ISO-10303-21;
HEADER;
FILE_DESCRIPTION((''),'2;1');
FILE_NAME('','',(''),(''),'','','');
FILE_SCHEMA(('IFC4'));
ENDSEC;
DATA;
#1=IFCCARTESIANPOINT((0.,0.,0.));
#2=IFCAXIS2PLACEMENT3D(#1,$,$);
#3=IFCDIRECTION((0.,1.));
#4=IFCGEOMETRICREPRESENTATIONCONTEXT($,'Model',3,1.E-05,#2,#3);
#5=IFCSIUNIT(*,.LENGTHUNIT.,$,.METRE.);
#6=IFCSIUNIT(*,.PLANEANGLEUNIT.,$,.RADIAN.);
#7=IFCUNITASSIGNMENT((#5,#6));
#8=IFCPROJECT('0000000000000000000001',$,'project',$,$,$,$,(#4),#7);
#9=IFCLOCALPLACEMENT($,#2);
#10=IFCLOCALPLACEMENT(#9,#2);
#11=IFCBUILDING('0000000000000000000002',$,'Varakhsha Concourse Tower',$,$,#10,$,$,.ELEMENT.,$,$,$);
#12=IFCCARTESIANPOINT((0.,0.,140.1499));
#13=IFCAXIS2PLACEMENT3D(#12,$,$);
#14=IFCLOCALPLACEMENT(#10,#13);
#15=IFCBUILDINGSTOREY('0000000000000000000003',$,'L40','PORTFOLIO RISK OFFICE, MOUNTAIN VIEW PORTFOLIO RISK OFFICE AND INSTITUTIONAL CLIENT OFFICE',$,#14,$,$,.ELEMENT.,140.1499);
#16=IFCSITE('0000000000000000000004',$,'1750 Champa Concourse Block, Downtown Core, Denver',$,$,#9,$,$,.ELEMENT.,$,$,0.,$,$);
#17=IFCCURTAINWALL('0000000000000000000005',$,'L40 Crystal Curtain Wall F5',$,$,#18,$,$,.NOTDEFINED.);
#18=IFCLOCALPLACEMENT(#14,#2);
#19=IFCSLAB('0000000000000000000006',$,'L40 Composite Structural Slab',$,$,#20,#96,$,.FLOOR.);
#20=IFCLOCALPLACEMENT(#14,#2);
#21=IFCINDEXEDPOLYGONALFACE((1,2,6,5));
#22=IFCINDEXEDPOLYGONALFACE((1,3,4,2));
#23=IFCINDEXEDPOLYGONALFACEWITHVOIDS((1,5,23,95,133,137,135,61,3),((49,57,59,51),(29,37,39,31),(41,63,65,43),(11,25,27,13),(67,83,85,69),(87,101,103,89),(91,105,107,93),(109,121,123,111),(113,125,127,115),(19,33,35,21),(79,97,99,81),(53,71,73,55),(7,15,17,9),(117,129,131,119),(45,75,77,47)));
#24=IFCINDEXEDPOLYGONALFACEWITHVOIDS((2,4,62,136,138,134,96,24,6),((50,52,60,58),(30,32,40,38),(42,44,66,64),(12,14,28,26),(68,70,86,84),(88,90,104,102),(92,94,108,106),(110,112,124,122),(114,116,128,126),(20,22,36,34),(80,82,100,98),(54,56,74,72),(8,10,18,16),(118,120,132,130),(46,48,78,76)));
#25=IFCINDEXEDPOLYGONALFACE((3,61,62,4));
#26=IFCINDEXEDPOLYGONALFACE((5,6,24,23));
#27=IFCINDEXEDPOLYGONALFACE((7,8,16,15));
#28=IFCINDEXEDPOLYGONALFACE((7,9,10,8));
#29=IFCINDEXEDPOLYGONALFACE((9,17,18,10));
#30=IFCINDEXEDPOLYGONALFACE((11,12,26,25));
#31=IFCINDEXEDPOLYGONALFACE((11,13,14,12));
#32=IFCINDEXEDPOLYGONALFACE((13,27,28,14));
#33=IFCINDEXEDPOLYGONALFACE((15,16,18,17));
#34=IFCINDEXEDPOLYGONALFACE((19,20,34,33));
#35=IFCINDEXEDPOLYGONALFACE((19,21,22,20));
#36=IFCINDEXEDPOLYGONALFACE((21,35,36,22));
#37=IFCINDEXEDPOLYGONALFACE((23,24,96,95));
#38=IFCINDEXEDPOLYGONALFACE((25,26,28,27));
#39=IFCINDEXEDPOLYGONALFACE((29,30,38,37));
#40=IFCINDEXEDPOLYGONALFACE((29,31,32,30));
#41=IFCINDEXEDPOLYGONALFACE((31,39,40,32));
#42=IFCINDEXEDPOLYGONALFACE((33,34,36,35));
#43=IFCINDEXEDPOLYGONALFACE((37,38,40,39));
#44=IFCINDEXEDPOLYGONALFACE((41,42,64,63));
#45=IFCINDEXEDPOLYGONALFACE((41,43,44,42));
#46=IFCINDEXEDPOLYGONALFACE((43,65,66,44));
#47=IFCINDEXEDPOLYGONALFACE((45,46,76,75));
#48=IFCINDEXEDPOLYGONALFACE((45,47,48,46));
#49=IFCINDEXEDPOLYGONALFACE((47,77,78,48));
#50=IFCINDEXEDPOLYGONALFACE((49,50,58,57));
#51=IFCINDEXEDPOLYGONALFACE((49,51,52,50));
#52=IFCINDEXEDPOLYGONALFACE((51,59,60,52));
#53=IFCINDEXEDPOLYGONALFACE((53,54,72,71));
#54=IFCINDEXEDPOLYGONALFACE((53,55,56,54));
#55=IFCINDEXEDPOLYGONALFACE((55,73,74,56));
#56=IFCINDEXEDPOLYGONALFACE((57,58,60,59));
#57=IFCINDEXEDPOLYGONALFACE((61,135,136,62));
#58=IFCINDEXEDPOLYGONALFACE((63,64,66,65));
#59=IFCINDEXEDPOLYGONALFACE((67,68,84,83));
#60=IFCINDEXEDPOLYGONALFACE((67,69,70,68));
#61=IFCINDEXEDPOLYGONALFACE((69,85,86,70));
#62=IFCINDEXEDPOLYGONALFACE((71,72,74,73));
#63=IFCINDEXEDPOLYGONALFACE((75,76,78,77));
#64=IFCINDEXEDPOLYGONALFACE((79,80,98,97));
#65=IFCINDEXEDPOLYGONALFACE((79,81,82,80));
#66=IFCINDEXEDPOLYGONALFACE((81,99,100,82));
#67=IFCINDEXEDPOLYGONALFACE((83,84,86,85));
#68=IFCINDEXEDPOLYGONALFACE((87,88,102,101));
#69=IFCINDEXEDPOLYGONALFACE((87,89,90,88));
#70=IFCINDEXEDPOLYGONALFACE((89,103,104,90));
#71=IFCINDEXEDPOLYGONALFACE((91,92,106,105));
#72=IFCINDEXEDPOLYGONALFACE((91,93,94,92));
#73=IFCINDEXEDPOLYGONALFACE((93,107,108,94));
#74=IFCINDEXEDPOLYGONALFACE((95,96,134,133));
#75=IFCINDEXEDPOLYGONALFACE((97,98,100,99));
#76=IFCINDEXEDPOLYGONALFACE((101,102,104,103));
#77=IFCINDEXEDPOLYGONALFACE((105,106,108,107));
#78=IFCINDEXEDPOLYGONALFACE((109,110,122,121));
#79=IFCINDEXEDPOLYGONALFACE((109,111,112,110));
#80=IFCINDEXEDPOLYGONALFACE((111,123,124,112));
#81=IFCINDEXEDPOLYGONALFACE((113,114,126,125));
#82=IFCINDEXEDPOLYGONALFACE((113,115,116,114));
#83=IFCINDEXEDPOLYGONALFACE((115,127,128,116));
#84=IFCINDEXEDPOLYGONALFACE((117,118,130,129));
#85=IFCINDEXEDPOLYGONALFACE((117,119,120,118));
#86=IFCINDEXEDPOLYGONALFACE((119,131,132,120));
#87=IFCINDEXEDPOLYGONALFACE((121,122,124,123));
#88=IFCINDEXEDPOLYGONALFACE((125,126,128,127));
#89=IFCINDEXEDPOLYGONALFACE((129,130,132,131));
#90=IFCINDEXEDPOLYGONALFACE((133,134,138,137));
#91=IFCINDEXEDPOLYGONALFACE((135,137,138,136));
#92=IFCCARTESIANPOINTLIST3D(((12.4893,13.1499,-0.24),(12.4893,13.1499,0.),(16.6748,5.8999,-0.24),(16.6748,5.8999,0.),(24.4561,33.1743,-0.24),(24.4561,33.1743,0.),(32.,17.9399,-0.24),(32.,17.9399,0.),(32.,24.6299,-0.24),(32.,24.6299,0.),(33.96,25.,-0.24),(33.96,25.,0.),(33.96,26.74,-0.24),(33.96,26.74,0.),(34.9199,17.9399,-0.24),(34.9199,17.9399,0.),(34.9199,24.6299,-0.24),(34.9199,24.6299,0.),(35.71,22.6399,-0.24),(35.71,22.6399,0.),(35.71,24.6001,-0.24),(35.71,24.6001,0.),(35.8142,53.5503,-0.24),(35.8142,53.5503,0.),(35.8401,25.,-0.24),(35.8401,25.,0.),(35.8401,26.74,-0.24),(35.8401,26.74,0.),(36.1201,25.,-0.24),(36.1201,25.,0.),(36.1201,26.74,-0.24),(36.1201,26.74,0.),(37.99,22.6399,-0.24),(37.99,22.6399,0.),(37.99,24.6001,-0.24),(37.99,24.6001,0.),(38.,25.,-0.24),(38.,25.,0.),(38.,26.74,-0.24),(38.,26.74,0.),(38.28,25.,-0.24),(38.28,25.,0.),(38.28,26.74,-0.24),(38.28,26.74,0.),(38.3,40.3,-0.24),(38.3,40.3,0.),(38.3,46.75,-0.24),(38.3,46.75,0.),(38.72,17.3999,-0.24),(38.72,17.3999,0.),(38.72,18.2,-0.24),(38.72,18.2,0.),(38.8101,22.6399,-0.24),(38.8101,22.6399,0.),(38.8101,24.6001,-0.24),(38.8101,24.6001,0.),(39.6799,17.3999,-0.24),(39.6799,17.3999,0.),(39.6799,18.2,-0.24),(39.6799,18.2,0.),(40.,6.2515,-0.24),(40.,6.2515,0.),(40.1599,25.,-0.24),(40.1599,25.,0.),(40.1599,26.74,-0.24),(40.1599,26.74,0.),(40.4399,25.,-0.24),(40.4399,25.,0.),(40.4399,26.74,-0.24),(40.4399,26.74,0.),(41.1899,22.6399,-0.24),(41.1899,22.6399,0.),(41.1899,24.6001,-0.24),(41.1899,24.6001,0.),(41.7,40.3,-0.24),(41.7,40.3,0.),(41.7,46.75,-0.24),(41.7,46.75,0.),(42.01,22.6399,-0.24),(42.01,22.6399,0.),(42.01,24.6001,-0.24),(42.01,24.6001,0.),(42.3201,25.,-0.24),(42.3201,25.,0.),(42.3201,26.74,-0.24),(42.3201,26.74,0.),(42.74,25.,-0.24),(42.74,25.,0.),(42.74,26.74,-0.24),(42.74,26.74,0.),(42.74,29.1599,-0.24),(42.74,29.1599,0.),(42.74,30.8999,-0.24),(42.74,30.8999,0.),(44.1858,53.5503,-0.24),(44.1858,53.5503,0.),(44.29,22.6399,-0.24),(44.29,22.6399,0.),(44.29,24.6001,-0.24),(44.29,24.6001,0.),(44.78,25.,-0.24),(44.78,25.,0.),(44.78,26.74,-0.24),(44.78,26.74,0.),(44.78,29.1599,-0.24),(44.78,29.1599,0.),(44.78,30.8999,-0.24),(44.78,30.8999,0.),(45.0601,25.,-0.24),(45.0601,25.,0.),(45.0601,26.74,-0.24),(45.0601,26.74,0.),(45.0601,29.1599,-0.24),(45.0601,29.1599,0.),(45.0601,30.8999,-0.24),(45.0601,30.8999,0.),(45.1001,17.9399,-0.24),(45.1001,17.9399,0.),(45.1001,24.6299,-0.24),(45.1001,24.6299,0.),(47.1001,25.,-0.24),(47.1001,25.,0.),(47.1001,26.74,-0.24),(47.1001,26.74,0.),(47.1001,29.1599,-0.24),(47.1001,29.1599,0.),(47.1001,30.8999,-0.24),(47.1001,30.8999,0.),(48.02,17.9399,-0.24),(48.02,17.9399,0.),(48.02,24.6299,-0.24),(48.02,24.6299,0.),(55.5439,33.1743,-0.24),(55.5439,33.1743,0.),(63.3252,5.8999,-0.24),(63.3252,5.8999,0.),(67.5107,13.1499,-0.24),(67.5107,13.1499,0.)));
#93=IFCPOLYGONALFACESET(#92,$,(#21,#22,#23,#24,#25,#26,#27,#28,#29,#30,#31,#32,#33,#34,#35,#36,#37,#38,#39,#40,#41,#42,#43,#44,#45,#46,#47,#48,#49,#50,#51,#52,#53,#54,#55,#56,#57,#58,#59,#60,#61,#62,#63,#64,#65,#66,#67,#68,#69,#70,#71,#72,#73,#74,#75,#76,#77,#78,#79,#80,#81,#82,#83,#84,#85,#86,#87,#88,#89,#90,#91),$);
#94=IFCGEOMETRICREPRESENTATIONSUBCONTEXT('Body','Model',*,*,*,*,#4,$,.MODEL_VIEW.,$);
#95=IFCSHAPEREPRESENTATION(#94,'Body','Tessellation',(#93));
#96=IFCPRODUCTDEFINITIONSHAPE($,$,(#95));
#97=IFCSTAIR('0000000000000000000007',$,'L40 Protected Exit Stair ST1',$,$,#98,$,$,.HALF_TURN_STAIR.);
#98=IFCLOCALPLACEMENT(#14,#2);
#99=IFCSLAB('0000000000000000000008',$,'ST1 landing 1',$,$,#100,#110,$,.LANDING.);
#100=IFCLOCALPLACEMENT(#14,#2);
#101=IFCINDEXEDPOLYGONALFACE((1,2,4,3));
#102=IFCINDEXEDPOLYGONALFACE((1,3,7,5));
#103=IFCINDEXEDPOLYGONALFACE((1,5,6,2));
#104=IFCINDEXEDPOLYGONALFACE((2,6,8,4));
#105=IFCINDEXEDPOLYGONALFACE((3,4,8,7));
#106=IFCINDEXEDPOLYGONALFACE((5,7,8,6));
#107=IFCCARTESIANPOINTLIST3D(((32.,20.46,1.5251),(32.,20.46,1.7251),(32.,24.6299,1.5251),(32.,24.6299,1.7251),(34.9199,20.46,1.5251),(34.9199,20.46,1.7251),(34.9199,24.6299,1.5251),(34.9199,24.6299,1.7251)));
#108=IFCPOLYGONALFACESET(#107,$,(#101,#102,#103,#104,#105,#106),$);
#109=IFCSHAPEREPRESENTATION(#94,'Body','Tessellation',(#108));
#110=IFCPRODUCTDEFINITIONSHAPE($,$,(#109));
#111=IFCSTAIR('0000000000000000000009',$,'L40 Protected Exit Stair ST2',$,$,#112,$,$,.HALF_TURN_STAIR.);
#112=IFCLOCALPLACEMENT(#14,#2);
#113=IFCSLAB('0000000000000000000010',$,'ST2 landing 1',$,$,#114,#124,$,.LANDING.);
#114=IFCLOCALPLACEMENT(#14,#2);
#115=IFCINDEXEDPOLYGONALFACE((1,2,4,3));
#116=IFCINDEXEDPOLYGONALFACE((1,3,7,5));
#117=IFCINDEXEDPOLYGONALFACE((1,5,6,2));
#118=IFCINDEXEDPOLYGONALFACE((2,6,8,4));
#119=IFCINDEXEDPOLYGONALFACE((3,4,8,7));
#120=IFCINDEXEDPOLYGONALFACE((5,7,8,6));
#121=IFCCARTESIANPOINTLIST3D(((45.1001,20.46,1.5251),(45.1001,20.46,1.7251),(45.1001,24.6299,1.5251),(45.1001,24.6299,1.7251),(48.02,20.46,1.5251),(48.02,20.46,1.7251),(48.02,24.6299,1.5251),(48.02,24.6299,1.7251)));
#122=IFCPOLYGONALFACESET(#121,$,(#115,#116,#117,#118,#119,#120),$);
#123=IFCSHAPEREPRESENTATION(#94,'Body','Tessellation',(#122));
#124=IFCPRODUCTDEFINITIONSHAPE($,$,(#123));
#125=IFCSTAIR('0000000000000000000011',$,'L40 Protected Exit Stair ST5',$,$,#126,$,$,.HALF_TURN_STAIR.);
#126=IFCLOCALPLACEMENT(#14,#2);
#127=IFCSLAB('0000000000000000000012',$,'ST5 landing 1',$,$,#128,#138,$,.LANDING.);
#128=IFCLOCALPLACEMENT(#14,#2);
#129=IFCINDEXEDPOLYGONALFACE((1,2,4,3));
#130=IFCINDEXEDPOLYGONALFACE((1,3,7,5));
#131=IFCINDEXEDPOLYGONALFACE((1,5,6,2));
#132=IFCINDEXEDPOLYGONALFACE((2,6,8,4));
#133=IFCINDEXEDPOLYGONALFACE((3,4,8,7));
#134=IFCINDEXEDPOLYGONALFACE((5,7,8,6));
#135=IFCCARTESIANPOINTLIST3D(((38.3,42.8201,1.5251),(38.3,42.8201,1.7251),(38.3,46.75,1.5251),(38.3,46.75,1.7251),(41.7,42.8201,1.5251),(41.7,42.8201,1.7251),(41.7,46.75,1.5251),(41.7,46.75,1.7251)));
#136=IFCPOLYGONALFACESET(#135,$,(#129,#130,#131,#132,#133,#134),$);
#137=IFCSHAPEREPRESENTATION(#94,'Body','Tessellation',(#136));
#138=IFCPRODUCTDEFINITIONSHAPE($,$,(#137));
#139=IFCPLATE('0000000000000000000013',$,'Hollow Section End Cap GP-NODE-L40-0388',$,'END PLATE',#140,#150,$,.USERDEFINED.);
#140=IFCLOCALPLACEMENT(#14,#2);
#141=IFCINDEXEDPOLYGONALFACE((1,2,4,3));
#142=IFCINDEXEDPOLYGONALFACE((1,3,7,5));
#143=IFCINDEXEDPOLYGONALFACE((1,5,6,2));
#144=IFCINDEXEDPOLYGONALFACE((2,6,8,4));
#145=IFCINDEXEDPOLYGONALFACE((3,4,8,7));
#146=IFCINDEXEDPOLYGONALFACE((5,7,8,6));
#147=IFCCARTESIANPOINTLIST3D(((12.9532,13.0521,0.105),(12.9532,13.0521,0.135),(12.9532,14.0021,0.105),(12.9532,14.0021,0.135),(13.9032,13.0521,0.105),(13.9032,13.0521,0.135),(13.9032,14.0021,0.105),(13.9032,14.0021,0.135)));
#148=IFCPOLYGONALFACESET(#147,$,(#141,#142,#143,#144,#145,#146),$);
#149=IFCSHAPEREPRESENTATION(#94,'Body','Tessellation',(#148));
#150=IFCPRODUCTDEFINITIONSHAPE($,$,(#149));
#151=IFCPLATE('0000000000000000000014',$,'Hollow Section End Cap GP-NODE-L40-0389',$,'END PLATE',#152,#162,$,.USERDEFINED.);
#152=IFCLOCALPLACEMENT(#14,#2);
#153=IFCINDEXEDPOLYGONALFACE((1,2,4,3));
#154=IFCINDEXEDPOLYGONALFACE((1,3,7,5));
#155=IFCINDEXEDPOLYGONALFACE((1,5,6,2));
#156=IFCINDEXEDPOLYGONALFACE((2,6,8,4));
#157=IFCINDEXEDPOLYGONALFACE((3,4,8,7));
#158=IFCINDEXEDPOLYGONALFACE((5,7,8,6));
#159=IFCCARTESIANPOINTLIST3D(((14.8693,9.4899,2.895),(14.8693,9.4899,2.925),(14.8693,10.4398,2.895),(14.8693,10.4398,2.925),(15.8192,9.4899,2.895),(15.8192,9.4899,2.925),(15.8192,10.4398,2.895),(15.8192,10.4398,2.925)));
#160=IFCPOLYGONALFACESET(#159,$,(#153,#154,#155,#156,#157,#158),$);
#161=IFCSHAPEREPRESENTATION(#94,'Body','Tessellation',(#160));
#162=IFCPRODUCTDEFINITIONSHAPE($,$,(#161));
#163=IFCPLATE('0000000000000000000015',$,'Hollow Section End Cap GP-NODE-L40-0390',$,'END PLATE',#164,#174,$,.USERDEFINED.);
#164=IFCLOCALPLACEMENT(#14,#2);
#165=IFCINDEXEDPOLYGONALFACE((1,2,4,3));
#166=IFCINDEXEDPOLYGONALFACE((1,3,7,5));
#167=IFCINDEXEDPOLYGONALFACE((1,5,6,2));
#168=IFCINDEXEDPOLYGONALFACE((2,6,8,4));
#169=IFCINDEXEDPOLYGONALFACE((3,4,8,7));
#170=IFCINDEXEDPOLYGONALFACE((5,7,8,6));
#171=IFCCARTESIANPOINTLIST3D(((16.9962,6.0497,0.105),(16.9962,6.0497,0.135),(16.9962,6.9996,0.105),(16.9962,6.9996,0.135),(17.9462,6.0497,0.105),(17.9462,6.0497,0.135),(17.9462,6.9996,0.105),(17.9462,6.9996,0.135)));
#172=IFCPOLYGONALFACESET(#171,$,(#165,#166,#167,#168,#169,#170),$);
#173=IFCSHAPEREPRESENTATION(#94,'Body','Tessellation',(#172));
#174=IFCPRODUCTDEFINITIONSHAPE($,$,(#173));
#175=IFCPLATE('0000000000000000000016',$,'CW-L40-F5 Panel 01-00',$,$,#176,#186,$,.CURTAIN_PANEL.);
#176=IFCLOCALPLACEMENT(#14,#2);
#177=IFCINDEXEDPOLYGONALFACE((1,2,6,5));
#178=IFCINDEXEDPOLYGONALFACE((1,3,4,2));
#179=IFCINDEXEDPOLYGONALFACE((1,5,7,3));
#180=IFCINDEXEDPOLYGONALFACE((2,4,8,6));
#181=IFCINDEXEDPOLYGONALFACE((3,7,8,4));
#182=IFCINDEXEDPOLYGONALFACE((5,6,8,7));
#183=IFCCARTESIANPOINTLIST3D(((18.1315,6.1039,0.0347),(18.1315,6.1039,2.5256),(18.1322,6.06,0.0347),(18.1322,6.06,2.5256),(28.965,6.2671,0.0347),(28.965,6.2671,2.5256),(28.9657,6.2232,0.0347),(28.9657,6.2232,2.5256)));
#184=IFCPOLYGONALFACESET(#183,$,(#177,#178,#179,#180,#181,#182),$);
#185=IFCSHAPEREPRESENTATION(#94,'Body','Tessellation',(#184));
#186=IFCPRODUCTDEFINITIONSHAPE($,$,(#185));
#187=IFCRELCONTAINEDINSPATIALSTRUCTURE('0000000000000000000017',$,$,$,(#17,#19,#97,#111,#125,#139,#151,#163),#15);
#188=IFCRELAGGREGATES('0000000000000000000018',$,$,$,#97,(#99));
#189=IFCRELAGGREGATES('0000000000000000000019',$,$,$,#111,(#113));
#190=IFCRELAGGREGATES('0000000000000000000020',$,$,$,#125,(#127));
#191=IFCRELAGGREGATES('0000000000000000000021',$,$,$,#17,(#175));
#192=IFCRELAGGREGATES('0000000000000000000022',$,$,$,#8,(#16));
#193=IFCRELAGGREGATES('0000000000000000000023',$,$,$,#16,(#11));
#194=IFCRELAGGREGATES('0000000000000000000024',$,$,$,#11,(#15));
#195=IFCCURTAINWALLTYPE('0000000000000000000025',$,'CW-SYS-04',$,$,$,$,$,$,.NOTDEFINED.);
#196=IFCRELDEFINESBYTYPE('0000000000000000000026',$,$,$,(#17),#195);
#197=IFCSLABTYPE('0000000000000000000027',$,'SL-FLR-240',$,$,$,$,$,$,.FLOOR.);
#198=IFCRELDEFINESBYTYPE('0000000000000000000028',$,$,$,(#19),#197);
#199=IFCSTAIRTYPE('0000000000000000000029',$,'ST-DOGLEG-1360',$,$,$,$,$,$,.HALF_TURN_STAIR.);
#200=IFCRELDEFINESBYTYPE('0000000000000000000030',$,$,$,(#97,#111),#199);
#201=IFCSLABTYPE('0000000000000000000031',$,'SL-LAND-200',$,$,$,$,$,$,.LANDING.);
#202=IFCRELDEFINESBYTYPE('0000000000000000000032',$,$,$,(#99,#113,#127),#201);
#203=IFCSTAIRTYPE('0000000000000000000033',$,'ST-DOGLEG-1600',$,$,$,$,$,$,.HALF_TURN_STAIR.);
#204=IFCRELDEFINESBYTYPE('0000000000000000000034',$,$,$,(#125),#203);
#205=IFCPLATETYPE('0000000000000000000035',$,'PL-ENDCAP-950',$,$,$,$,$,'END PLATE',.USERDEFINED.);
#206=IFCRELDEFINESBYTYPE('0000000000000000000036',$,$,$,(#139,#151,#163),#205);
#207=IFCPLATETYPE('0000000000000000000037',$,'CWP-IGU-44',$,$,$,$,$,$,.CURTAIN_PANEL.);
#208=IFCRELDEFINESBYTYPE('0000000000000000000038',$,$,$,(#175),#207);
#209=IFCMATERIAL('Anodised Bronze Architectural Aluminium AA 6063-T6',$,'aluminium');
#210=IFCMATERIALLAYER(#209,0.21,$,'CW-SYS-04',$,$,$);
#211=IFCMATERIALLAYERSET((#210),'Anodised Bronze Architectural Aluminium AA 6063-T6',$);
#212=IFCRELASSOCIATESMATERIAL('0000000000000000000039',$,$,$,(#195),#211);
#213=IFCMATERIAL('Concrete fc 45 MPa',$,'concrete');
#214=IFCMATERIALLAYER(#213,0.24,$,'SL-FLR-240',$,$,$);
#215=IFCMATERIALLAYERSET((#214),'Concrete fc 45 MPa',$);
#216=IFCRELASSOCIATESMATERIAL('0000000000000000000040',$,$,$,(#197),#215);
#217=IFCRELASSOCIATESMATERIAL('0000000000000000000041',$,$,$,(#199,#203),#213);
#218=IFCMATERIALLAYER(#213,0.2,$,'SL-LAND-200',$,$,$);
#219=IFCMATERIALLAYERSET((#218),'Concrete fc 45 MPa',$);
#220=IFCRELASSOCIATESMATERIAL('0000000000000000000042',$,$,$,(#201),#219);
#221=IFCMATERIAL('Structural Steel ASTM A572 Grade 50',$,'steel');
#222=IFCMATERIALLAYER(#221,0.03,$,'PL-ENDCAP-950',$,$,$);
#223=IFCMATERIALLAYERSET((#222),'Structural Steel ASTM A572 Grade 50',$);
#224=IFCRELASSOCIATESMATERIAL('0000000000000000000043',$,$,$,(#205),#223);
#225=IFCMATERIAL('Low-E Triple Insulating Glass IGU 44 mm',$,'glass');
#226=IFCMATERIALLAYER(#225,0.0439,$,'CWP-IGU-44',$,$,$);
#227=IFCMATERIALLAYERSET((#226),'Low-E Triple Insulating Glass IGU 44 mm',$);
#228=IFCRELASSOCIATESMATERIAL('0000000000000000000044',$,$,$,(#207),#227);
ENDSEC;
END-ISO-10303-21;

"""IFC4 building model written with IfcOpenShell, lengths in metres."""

from ifc_helpers import new_model, si_unit, direction, frame, origin, origin_2d, place, context, subcontext, project, spatial, polyline, rectangle, outline, extrude, source, transform, mapped, material, layer, layer_set, type_object, type_shapes, element, aggregate, save


model = new_model("IFC4")

# Units and contexts
model_context = context("Model", 3, precision=1e-05, world=origin(), true_north=direction((0.0, 1.0)))
body_context = subcontext(model_context, "Body", "Model", "MODEL_VIEW")
ifc_project = project(units=[si_unit("LENGTHUNIT", "METRE"), si_unit("PLANEANGLEUNIT", "RADIAN")], contexts=[model_context])

# Site, building, storey
site_placement = place(None, origin())
site = spatial("IfcSite", under=ifc_project, at=site_placement, Name="1750 Champa Concourse Block, Downtown Core, Denver", CompositionType="ELEMENT", RefElevation=0.0)
building_placement = place(site_placement, origin())
building = spatial("IfcBuilding", under=site, at=building_placement, Name="Varakhsha Concourse Tower", CompositionType="ELEMENT")
storey_placement = place(building_placement, frame((0.0, 0.0, 140.1499)))
storey = spatial("IfcBuildingStorey", under=building, at=storey_placement, Name="L40", Description="PORTFOLIO RISK OFFICE, MOUNTAIN VIEW PORTFOLIO RISK OFFICE AND INSTITUTIONAL CLIENT OFFICE", CompositionType="ELEMENT", Elevation=140.1499)

# Shared definitions
ifc_material_1 = material(Name="Structural Steel ASTM A572 Grade 50", Category="steel")

# Curtain wall
ifc_material_2 = material(Name="Anodised Bronze Architectural Aluminium AA 6063-T6", Category="aluminium")
ifc_layer_1 = layer(ifc_material_2, 0.21, Name="CW-SYS-04")
ifc_layer_set_1 = layer_set([ifc_layer_1], Name="Anodised Bronze Architectural Aluminium AA 6063-T6")
curtain_wall_type = type_object("IfcCurtainWallType", Name="CW-SYS-04", PredefinedType="NOTDEFINED", material=ifc_layer_set_1)
curtain_wall_1_placement = place(storey_placement, origin())
curtain_wall_1 = element("IfcCurtainWall", 1, at=curtain_wall_1_placement, inside=storey, type_object=curtain_wall_type, Name="L40 Crystal Curtain Wall F5", PredefinedType="NOTDEFINED")

# Slab
ifc_material_3 = material(Name="Concrete fc 45 MPa", Category="concrete")
ifc_layer_2 = layer(ifc_material_3, 0.24, Name="SL-FLR-240")
ifc_layer_set_2 = layer_set([ifc_layer_2], Name="Concrete fc 45 MPa")
slab_type_1 = type_object("IfcSlabType", Name="SL-FLR-240", PredefinedType="FLOOR", material=ifc_layer_set_2)
slab_1_placement = place(storey_placement, frame((0.0, 0.0, -0.24)))
element("IfcSlab", 2, at=slab_1_placement, inside=storey, type_object=slab_type_1, Name="L40 Composite Structural Slab", PredefinedType="FLOOR", context=body_context, shape_type="SweptSolid", body=[
    extrude(outline(polyline([(44.1858, 53.5503), (35.8142, 53.5503), (24.4561, 33.1743), (12.4893, 13.1499), (16.6748, 5.8999), (40.0, 6.2515), (63.3252, 5.8999), (67.5107, 13.1499), (55.5439, 33.1743), (44.1858, 53.5503)]), holes=[polyline([(34.9199, 17.9399), (34.9199, 24.6299), (32.0, 24.6299), (32.0, 17.9399), (34.9199, 17.9399)]), polyline([(48.02, 17.9399), (48.02, 24.6299), (45.1001, 24.6299), (45.1001, 17.9399), (48.02, 17.9399)]), polyline([(41.7, 40.3), (41.7, 46.75), (38.3, 46.75), (38.3, 40.3), (41.7, 40.3)]), polyline([(33.96, 25.0), (35.8401, 25.0), (35.8401, 26.74), (33.96, 26.74), (33.96, 25.0)]), polyline([(36.1201, 25.0), (38.0, 25.0), (38.0, 26.74), (36.1201, 26.74), (36.1201, 25.0)]), polyline([(38.28, 25.0), (40.1599, 25.0), (40.1599, 26.74), (38.28, 26.74), (38.28, 25.0)]), polyline([(40.4399, 25.0), (42.3201, 25.0), (42.3201, 26.74), (40.4399, 26.74), (40.4399, 25.0)]), polyline([(42.74, 29.1599), (44.78, 29.1599), (44.78, 30.8999), (42.74, 30.8999), (42.74, 29.1599)]), polyline([(45.0601, 29.1599), (47.1001, 29.1599), (47.1001, 30.8999), (45.0601, 30.8999), (45.0601, 29.1599)]), polyline([(42.74, 25.0), (44.78, 25.0), (44.78, 26.74), (42.74, 26.74), (42.74, 25.0)]), polyline([(45.0601, 25.0), (47.1001, 25.0), (47.1001, 26.74), (45.0601, 26.74), (45.0601, 25.0)]), polyline([(35.71, 22.6399), (37.99, 22.6399), (37.99, 24.6001), (35.71, 24.6001), (35.71, 22.6399)]), polyline([(42.01, 22.6399), (44.29, 22.6399), (44.29, 24.6001), (42.01, 24.6001), (42.01, 22.6399)]), polyline([(38.8101, 22.6399), (41.1899, 22.6399), (41.1899, 24.6001), (38.8101, 24.6001), (38.8101, 22.6399)]), polyline([(38.72, 17.3999), (39.6799, 17.3999), (39.6799, 18.2), (38.72, 18.2), (38.72, 17.3999)])]), origin(), (0.0, 0.0, 1.0), 0.24),
])

# Stairs, slabs
stair_type_1 = type_object("IfcStairType", Name="ST-DOGLEG-1360", PredefinedType="HALF_TURN_STAIR", material=ifc_material_3)
stair_1_placement = place(storey_placement, origin())
stair_1 = element("IfcStair", 3, at=stair_1_placement, inside=storey, type_object=stair_type_1, Name="L40 Protected Exit Stair ST1", PredefinedType="HALF_TURN_STAIR")
ifc_layer_3 = layer(ifc_material_3, 0.2, Name="SL-LAND-200")
ifc_layer_set_3 = layer_set([ifc_layer_3], Name="Concrete fc 45 MPa")
slab_type_2 = type_object("IfcSlabType", Name="SL-LAND-200", PredefinedType="LANDING", material=ifc_layer_set_3)
slab_2_placement = place(storey_placement, frame((0.0, 0.0, 1.5251)))
slab_2 = element("IfcSlab", 4, at=slab_2_placement, type_object=slab_type_2, Name="ST1 landing 1", PredefinedType="LANDING", context=body_context, shape_type="SweptSolid", body=[
    extrude(outline(polyline([(34.9199, 20.46), (34.9199, 24.6299), (32.0, 24.6299), (32.0, 20.46), (34.9199, 20.46)])), origin(), (0.0, 0.0, 1.0), 0.2),
])
aggregate(stair_1, [slab_2])
stair_2_placement = place(storey_placement, origin())
stair_2 = element("IfcStair", 5, at=stair_2_placement, inside=storey, type_object=stair_type_1, Name="L40 Protected Exit Stair ST2", PredefinedType="HALF_TURN_STAIR")
slab_3_placement = place(storey_placement, frame((0.0, 0.0, 1.5251)))
slab_3 = element("IfcSlab", 6, at=slab_3_placement, type_object=slab_type_2, Name="ST2 landing 1", PredefinedType="LANDING", context=body_context, shape_type="SweptSolid", body=[
    extrude(outline(polyline([(48.02, 20.46), (48.02, 24.6299), (45.1001, 24.6299), (45.1001, 20.46), (48.02, 20.46)])), origin(), (0.0, 0.0, 1.0), 0.2),
])
aggregate(stair_2, [slab_3])
stair_type_2 = type_object("IfcStairType", Name="ST-DOGLEG-1600", PredefinedType="HALF_TURN_STAIR", material=ifc_material_3)
stair_3_placement = place(storey_placement, origin())
stair_3 = element("IfcStair", 7, at=stair_3_placement, inside=storey, type_object=stair_type_2, Name="L40 Protected Exit Stair ST5", PredefinedType="HALF_TURN_STAIR")
slab_4_placement = place(storey_placement, frame((0.0, 0.0, 1.5251)))
slab_4 = element("IfcSlab", 8, at=slab_4_placement, type_object=slab_type_2, Name="ST5 landing 1", PredefinedType="LANDING", context=body_context, shape_type="SweptSolid", body=[
    extrude(outline(polyline([(41.7, 42.8201), (41.7, 46.75), (38.3, 46.75), (38.3, 42.8201), (41.7, 42.8201)])), origin(), (0.0, 0.0, 1.0), 0.2),
])
aggregate(stair_3, [slab_4])

# Plates
ifc_layer_4 = layer(ifc_material_1, 0.03, Name="PL-ENDCAP-950")
ifc_layer_set_4 = layer_set([ifc_layer_4], Name="Structural Steel ASTM A572 Grade 50")
plate_type_1 = type_object("IfcPlateType", Name="PL-ENDCAP-950", ElementType="END PLATE", PredefinedType="USERDEFINED", material=ifc_layer_set_4)
shared_shape_1 = source(origin(), body_context, "Body", "SweptSolid", [
    extrude(rectangle(XDim=0.95, YDim=0.95, at=origin_2d()), origin(), (0.0, 0.0, 1.0), 0.03),
])
type_shapes(plate_type_1, [shared_shape_1])
for number, where, z_axis, x_axis, name in (
    (9, (13.4282, 13.5271, 0.105), (0.0, 0.0, 1.0), (1.0, 0.0, 0.0), "Hollow Section End Cap GP-NODE-L40-0388"),
    (10, (15.3442, 9.9648, 2.895), (0.0, 0.0, 1.0), (1.0, 0.0, 0.0), "Hollow Section End Cap GP-NODE-L40-0389"),
    (11, (17.4712, 6.5247, 0.105), (0.0, 0.0, 1.0), (1.0, 0.0, 0.0), "Hollow Section End Cap GP-NODE-L40-0390"),
):
    element("IfcPlate", number, at=place(storey_placement, frame(where, z_axis=z_axis, x_axis=x_axis)), inside=storey, type_object=plate_type_1, Name=name, ObjectType="END PLATE", PredefinedType="USERDEFINED", context=body_context, shape_type="MappedRepresentation", body=[
        mapped(shared_shape_1, transform((0.0, 0.0, 0.0), scale=1.0)),
    ])

# Plate
ifc_material_4 = material(Name="Low-E Triple Insulating Glass IGU 44 mm", Category="glass")
ifc_layer_5 = layer(ifc_material_4, 0.0439, Name="CWP-IGU-44")
ifc_layer_set_5 = layer_set([ifc_layer_5], Name="Low-E Triple Insulating Glass IGU 44 mm")
plate_type_2 = type_object("IfcPlateType", Name="CWP-IGU-44", PredefinedType="CURTAIN_PANEL", material=ifc_layer_set_5)
shared_shape_2 = source(origin(), body_context, "Body", "SweptSolid", [
    extrude(rectangle(XDim=10.8347, YDim=0.0439, at=origin_2d()), origin(), (0.0, 0.0, 1.0), 2.491),
])
plate_1_placement = place(storey_placement, frame((23.5486, 6.1636, 0.0347), z_axis=(0.0, 0.0, 1.0), x_axis=(-0.999887, -0.015063, 0.0)))
plate_1 = element("IfcPlate", 12, at=plate_1_placement, type_object=plate_type_2, Name="CW-L40-F5 Panel 01-00", PredefinedType="CURTAIN_PANEL", context=body_context, shape_type="MappedRepresentation", body=[
    mapped(shared_shape_2, transform((0.0, 0.0, 0.0), scale=1.0)),
])
aggregate(curtain_wall_1, [plate_1])

save(model, "model.ifc")
